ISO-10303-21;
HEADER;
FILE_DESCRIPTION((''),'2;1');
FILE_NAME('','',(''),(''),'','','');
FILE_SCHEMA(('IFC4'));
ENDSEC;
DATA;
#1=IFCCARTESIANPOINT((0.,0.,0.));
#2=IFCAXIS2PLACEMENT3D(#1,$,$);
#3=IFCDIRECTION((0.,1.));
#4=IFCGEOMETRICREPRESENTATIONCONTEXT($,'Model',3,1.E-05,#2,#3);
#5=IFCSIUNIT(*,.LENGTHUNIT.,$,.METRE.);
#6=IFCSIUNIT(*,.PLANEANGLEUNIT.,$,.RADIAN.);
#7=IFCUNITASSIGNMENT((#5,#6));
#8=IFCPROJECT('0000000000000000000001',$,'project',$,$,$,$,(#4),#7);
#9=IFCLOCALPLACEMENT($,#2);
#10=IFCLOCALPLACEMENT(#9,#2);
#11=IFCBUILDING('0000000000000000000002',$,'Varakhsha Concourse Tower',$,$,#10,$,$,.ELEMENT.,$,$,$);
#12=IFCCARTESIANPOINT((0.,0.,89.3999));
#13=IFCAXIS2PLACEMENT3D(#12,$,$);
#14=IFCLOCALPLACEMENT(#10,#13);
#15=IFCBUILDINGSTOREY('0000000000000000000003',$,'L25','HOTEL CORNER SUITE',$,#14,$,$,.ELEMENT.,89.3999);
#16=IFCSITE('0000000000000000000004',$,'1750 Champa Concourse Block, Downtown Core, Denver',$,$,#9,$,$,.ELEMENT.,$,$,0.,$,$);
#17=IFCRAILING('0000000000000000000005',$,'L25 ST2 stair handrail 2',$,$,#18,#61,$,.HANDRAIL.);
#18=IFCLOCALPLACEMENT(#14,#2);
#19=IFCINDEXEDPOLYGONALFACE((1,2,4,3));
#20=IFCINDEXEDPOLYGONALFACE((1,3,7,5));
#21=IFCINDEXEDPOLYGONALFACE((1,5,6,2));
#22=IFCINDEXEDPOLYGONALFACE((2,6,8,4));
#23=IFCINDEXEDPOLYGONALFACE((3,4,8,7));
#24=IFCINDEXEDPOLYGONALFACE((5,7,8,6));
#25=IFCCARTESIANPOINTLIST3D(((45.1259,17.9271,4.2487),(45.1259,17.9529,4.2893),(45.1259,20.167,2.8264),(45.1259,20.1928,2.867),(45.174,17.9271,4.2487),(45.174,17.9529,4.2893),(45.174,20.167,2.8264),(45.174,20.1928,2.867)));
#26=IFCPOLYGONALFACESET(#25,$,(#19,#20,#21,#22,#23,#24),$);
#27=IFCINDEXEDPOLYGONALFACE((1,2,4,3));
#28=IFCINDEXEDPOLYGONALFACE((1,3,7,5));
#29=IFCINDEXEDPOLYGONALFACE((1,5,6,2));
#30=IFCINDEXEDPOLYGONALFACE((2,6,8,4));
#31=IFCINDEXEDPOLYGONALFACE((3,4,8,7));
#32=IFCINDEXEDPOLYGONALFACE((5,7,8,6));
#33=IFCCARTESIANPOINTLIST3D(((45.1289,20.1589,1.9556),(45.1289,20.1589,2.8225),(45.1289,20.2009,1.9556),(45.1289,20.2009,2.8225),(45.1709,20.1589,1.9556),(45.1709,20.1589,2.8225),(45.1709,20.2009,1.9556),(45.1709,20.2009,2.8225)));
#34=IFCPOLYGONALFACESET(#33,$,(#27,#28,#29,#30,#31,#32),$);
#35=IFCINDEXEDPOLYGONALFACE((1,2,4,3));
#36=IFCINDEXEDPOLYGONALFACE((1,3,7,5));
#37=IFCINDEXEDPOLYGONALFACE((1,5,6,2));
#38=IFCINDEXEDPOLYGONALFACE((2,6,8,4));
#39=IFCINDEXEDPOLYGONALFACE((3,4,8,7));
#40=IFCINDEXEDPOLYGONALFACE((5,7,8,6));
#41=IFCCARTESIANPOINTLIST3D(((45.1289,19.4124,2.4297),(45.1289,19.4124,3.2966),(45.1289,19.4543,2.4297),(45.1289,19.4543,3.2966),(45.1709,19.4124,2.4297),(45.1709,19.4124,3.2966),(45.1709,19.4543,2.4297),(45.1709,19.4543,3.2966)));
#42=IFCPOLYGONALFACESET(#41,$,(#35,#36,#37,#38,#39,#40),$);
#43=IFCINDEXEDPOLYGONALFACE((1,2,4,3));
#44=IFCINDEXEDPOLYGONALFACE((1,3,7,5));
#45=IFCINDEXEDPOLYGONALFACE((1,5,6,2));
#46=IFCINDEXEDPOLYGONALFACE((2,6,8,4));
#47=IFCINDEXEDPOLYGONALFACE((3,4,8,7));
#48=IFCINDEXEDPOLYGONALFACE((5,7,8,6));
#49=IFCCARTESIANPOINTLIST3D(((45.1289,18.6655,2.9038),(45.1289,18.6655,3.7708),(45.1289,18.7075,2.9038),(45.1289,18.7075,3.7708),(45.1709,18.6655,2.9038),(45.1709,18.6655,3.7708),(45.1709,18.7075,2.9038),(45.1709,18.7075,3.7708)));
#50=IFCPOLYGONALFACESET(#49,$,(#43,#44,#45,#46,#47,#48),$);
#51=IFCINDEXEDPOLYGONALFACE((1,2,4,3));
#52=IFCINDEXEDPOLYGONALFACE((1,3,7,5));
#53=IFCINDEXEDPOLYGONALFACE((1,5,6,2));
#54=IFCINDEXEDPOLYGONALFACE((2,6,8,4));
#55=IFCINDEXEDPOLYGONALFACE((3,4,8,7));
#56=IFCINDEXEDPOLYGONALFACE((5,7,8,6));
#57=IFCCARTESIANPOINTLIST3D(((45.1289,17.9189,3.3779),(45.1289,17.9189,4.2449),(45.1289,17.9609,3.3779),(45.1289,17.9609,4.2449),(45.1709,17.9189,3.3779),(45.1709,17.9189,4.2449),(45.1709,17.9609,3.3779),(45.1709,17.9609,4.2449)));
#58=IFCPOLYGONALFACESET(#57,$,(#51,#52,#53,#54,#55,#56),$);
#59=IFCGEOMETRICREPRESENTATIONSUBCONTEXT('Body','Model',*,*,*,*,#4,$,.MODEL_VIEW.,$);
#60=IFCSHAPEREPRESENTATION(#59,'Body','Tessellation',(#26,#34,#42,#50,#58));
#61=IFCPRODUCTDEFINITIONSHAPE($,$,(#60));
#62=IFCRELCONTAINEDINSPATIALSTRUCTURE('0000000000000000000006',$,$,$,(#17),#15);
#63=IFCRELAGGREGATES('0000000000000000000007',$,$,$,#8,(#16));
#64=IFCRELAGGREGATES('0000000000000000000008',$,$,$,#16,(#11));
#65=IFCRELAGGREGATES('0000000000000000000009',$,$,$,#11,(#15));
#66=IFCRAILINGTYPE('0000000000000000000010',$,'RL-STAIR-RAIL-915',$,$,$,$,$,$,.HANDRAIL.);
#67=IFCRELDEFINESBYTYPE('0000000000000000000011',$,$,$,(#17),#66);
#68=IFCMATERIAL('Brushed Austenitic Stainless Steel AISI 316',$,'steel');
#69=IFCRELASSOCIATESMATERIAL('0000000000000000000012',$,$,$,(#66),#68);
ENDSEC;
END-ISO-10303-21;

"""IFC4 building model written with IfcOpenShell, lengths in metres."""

from ifc_helpers import new_model, si_unit, direction, frame, origin, origin_2d, place, context, subcontext, project, spatial, rectangle, extrude, material, type_object, element, save


model = new_model("IFC4")

# Units and contexts
model_context = context("Model", 3, precision=1e-05, world=origin(), true_north=direction((0.0, 1.0)))
body_context = subcontext(model_context, "Body", "Model", "MODEL_VIEW")
ifc_project = project(units=[si_unit("LENGTHUNIT", "METRE"), si_unit("PLANEANGLEUNIT", "RADIAN")], contexts=[model_context])

# Site, building, storey
site_placement = place(None, origin())
site = spatial("IfcSite", under=ifc_project, at=site_placement, Name="1750 Champa Concourse Block, Downtown Core, Denver", CompositionType="ELEMENT", RefElevation=0.0)
building_placement = place(site_placement, origin())
building = spatial("IfcBuilding", under=site, at=building_placement, Name="Varakhsha Concourse Tower", CompositionType="ELEMENT")
storey_placement = place(building_placement, frame((0.0, 0.0, 89.3999)))
storey = spatial("IfcBuildingStorey", under=building, at=storey_placement, Name="L25", Description="HOTEL CORNER SUITE", CompositionType="ELEMENT", Elevation=89.3999)

# Railing
ifc_material_1 = material(Name="Brushed Austenitic Stainless Steel AISI 316", Category="steel")
railing_type_1 = type_object("IfcRailingType", Name="RL-STAIR-RAIL-915", PredefinedType="HANDRAIL", material=ifc_material_1)
railing_1_placement = place(storey_placement, frame((45.1499, 20.1799, 1.9556)))
element("IfcRailing", 1, at=railing_1_placement, inside=storey, type_object=railing_type_1, Name="L25 ST2 stair handrail 2", PredefinedType="HANDRAIL", context=body_context, shape_type="SweptSolid", body=[
    extrude(rectangle(XDim=0.0481, YDim=0.0481, at=origin_2d()), frame((0.0, 0.0, 0.8911), z_axis=(0.0, -0.844188, 0.536048), x_axis=(1.0, 0.0, 0.0)), (0.0, 0.0, 1.0), 2.6533),
    extrude(rectangle(XDim=0.042, YDim=0.042, at=origin_2d()), origin(), (0.0, 0.0, 1.0), 0.8669),
    extrude(rectangle(XDim=0.042, YDim=0.042, at=origin_2d()), frame((0.0, -0.7466, 0.4741)), (0.0, 0.0, 1.0), 0.8669),
    extrude(rectangle(XDim=0.042, YDim=0.042, at=origin_2d()), frame((0.0, -1.4934, 0.9482)), (0.0, 0.0, 1.0), 0.8669),
    extrude(rectangle(XDim=0.042, YDim=0.042, at=origin_2d()), frame((0.0, -2.24, 1.4224)), (0.0, 0.0, 1.0), 0.8669),
])

save(model, "model.ifc")
